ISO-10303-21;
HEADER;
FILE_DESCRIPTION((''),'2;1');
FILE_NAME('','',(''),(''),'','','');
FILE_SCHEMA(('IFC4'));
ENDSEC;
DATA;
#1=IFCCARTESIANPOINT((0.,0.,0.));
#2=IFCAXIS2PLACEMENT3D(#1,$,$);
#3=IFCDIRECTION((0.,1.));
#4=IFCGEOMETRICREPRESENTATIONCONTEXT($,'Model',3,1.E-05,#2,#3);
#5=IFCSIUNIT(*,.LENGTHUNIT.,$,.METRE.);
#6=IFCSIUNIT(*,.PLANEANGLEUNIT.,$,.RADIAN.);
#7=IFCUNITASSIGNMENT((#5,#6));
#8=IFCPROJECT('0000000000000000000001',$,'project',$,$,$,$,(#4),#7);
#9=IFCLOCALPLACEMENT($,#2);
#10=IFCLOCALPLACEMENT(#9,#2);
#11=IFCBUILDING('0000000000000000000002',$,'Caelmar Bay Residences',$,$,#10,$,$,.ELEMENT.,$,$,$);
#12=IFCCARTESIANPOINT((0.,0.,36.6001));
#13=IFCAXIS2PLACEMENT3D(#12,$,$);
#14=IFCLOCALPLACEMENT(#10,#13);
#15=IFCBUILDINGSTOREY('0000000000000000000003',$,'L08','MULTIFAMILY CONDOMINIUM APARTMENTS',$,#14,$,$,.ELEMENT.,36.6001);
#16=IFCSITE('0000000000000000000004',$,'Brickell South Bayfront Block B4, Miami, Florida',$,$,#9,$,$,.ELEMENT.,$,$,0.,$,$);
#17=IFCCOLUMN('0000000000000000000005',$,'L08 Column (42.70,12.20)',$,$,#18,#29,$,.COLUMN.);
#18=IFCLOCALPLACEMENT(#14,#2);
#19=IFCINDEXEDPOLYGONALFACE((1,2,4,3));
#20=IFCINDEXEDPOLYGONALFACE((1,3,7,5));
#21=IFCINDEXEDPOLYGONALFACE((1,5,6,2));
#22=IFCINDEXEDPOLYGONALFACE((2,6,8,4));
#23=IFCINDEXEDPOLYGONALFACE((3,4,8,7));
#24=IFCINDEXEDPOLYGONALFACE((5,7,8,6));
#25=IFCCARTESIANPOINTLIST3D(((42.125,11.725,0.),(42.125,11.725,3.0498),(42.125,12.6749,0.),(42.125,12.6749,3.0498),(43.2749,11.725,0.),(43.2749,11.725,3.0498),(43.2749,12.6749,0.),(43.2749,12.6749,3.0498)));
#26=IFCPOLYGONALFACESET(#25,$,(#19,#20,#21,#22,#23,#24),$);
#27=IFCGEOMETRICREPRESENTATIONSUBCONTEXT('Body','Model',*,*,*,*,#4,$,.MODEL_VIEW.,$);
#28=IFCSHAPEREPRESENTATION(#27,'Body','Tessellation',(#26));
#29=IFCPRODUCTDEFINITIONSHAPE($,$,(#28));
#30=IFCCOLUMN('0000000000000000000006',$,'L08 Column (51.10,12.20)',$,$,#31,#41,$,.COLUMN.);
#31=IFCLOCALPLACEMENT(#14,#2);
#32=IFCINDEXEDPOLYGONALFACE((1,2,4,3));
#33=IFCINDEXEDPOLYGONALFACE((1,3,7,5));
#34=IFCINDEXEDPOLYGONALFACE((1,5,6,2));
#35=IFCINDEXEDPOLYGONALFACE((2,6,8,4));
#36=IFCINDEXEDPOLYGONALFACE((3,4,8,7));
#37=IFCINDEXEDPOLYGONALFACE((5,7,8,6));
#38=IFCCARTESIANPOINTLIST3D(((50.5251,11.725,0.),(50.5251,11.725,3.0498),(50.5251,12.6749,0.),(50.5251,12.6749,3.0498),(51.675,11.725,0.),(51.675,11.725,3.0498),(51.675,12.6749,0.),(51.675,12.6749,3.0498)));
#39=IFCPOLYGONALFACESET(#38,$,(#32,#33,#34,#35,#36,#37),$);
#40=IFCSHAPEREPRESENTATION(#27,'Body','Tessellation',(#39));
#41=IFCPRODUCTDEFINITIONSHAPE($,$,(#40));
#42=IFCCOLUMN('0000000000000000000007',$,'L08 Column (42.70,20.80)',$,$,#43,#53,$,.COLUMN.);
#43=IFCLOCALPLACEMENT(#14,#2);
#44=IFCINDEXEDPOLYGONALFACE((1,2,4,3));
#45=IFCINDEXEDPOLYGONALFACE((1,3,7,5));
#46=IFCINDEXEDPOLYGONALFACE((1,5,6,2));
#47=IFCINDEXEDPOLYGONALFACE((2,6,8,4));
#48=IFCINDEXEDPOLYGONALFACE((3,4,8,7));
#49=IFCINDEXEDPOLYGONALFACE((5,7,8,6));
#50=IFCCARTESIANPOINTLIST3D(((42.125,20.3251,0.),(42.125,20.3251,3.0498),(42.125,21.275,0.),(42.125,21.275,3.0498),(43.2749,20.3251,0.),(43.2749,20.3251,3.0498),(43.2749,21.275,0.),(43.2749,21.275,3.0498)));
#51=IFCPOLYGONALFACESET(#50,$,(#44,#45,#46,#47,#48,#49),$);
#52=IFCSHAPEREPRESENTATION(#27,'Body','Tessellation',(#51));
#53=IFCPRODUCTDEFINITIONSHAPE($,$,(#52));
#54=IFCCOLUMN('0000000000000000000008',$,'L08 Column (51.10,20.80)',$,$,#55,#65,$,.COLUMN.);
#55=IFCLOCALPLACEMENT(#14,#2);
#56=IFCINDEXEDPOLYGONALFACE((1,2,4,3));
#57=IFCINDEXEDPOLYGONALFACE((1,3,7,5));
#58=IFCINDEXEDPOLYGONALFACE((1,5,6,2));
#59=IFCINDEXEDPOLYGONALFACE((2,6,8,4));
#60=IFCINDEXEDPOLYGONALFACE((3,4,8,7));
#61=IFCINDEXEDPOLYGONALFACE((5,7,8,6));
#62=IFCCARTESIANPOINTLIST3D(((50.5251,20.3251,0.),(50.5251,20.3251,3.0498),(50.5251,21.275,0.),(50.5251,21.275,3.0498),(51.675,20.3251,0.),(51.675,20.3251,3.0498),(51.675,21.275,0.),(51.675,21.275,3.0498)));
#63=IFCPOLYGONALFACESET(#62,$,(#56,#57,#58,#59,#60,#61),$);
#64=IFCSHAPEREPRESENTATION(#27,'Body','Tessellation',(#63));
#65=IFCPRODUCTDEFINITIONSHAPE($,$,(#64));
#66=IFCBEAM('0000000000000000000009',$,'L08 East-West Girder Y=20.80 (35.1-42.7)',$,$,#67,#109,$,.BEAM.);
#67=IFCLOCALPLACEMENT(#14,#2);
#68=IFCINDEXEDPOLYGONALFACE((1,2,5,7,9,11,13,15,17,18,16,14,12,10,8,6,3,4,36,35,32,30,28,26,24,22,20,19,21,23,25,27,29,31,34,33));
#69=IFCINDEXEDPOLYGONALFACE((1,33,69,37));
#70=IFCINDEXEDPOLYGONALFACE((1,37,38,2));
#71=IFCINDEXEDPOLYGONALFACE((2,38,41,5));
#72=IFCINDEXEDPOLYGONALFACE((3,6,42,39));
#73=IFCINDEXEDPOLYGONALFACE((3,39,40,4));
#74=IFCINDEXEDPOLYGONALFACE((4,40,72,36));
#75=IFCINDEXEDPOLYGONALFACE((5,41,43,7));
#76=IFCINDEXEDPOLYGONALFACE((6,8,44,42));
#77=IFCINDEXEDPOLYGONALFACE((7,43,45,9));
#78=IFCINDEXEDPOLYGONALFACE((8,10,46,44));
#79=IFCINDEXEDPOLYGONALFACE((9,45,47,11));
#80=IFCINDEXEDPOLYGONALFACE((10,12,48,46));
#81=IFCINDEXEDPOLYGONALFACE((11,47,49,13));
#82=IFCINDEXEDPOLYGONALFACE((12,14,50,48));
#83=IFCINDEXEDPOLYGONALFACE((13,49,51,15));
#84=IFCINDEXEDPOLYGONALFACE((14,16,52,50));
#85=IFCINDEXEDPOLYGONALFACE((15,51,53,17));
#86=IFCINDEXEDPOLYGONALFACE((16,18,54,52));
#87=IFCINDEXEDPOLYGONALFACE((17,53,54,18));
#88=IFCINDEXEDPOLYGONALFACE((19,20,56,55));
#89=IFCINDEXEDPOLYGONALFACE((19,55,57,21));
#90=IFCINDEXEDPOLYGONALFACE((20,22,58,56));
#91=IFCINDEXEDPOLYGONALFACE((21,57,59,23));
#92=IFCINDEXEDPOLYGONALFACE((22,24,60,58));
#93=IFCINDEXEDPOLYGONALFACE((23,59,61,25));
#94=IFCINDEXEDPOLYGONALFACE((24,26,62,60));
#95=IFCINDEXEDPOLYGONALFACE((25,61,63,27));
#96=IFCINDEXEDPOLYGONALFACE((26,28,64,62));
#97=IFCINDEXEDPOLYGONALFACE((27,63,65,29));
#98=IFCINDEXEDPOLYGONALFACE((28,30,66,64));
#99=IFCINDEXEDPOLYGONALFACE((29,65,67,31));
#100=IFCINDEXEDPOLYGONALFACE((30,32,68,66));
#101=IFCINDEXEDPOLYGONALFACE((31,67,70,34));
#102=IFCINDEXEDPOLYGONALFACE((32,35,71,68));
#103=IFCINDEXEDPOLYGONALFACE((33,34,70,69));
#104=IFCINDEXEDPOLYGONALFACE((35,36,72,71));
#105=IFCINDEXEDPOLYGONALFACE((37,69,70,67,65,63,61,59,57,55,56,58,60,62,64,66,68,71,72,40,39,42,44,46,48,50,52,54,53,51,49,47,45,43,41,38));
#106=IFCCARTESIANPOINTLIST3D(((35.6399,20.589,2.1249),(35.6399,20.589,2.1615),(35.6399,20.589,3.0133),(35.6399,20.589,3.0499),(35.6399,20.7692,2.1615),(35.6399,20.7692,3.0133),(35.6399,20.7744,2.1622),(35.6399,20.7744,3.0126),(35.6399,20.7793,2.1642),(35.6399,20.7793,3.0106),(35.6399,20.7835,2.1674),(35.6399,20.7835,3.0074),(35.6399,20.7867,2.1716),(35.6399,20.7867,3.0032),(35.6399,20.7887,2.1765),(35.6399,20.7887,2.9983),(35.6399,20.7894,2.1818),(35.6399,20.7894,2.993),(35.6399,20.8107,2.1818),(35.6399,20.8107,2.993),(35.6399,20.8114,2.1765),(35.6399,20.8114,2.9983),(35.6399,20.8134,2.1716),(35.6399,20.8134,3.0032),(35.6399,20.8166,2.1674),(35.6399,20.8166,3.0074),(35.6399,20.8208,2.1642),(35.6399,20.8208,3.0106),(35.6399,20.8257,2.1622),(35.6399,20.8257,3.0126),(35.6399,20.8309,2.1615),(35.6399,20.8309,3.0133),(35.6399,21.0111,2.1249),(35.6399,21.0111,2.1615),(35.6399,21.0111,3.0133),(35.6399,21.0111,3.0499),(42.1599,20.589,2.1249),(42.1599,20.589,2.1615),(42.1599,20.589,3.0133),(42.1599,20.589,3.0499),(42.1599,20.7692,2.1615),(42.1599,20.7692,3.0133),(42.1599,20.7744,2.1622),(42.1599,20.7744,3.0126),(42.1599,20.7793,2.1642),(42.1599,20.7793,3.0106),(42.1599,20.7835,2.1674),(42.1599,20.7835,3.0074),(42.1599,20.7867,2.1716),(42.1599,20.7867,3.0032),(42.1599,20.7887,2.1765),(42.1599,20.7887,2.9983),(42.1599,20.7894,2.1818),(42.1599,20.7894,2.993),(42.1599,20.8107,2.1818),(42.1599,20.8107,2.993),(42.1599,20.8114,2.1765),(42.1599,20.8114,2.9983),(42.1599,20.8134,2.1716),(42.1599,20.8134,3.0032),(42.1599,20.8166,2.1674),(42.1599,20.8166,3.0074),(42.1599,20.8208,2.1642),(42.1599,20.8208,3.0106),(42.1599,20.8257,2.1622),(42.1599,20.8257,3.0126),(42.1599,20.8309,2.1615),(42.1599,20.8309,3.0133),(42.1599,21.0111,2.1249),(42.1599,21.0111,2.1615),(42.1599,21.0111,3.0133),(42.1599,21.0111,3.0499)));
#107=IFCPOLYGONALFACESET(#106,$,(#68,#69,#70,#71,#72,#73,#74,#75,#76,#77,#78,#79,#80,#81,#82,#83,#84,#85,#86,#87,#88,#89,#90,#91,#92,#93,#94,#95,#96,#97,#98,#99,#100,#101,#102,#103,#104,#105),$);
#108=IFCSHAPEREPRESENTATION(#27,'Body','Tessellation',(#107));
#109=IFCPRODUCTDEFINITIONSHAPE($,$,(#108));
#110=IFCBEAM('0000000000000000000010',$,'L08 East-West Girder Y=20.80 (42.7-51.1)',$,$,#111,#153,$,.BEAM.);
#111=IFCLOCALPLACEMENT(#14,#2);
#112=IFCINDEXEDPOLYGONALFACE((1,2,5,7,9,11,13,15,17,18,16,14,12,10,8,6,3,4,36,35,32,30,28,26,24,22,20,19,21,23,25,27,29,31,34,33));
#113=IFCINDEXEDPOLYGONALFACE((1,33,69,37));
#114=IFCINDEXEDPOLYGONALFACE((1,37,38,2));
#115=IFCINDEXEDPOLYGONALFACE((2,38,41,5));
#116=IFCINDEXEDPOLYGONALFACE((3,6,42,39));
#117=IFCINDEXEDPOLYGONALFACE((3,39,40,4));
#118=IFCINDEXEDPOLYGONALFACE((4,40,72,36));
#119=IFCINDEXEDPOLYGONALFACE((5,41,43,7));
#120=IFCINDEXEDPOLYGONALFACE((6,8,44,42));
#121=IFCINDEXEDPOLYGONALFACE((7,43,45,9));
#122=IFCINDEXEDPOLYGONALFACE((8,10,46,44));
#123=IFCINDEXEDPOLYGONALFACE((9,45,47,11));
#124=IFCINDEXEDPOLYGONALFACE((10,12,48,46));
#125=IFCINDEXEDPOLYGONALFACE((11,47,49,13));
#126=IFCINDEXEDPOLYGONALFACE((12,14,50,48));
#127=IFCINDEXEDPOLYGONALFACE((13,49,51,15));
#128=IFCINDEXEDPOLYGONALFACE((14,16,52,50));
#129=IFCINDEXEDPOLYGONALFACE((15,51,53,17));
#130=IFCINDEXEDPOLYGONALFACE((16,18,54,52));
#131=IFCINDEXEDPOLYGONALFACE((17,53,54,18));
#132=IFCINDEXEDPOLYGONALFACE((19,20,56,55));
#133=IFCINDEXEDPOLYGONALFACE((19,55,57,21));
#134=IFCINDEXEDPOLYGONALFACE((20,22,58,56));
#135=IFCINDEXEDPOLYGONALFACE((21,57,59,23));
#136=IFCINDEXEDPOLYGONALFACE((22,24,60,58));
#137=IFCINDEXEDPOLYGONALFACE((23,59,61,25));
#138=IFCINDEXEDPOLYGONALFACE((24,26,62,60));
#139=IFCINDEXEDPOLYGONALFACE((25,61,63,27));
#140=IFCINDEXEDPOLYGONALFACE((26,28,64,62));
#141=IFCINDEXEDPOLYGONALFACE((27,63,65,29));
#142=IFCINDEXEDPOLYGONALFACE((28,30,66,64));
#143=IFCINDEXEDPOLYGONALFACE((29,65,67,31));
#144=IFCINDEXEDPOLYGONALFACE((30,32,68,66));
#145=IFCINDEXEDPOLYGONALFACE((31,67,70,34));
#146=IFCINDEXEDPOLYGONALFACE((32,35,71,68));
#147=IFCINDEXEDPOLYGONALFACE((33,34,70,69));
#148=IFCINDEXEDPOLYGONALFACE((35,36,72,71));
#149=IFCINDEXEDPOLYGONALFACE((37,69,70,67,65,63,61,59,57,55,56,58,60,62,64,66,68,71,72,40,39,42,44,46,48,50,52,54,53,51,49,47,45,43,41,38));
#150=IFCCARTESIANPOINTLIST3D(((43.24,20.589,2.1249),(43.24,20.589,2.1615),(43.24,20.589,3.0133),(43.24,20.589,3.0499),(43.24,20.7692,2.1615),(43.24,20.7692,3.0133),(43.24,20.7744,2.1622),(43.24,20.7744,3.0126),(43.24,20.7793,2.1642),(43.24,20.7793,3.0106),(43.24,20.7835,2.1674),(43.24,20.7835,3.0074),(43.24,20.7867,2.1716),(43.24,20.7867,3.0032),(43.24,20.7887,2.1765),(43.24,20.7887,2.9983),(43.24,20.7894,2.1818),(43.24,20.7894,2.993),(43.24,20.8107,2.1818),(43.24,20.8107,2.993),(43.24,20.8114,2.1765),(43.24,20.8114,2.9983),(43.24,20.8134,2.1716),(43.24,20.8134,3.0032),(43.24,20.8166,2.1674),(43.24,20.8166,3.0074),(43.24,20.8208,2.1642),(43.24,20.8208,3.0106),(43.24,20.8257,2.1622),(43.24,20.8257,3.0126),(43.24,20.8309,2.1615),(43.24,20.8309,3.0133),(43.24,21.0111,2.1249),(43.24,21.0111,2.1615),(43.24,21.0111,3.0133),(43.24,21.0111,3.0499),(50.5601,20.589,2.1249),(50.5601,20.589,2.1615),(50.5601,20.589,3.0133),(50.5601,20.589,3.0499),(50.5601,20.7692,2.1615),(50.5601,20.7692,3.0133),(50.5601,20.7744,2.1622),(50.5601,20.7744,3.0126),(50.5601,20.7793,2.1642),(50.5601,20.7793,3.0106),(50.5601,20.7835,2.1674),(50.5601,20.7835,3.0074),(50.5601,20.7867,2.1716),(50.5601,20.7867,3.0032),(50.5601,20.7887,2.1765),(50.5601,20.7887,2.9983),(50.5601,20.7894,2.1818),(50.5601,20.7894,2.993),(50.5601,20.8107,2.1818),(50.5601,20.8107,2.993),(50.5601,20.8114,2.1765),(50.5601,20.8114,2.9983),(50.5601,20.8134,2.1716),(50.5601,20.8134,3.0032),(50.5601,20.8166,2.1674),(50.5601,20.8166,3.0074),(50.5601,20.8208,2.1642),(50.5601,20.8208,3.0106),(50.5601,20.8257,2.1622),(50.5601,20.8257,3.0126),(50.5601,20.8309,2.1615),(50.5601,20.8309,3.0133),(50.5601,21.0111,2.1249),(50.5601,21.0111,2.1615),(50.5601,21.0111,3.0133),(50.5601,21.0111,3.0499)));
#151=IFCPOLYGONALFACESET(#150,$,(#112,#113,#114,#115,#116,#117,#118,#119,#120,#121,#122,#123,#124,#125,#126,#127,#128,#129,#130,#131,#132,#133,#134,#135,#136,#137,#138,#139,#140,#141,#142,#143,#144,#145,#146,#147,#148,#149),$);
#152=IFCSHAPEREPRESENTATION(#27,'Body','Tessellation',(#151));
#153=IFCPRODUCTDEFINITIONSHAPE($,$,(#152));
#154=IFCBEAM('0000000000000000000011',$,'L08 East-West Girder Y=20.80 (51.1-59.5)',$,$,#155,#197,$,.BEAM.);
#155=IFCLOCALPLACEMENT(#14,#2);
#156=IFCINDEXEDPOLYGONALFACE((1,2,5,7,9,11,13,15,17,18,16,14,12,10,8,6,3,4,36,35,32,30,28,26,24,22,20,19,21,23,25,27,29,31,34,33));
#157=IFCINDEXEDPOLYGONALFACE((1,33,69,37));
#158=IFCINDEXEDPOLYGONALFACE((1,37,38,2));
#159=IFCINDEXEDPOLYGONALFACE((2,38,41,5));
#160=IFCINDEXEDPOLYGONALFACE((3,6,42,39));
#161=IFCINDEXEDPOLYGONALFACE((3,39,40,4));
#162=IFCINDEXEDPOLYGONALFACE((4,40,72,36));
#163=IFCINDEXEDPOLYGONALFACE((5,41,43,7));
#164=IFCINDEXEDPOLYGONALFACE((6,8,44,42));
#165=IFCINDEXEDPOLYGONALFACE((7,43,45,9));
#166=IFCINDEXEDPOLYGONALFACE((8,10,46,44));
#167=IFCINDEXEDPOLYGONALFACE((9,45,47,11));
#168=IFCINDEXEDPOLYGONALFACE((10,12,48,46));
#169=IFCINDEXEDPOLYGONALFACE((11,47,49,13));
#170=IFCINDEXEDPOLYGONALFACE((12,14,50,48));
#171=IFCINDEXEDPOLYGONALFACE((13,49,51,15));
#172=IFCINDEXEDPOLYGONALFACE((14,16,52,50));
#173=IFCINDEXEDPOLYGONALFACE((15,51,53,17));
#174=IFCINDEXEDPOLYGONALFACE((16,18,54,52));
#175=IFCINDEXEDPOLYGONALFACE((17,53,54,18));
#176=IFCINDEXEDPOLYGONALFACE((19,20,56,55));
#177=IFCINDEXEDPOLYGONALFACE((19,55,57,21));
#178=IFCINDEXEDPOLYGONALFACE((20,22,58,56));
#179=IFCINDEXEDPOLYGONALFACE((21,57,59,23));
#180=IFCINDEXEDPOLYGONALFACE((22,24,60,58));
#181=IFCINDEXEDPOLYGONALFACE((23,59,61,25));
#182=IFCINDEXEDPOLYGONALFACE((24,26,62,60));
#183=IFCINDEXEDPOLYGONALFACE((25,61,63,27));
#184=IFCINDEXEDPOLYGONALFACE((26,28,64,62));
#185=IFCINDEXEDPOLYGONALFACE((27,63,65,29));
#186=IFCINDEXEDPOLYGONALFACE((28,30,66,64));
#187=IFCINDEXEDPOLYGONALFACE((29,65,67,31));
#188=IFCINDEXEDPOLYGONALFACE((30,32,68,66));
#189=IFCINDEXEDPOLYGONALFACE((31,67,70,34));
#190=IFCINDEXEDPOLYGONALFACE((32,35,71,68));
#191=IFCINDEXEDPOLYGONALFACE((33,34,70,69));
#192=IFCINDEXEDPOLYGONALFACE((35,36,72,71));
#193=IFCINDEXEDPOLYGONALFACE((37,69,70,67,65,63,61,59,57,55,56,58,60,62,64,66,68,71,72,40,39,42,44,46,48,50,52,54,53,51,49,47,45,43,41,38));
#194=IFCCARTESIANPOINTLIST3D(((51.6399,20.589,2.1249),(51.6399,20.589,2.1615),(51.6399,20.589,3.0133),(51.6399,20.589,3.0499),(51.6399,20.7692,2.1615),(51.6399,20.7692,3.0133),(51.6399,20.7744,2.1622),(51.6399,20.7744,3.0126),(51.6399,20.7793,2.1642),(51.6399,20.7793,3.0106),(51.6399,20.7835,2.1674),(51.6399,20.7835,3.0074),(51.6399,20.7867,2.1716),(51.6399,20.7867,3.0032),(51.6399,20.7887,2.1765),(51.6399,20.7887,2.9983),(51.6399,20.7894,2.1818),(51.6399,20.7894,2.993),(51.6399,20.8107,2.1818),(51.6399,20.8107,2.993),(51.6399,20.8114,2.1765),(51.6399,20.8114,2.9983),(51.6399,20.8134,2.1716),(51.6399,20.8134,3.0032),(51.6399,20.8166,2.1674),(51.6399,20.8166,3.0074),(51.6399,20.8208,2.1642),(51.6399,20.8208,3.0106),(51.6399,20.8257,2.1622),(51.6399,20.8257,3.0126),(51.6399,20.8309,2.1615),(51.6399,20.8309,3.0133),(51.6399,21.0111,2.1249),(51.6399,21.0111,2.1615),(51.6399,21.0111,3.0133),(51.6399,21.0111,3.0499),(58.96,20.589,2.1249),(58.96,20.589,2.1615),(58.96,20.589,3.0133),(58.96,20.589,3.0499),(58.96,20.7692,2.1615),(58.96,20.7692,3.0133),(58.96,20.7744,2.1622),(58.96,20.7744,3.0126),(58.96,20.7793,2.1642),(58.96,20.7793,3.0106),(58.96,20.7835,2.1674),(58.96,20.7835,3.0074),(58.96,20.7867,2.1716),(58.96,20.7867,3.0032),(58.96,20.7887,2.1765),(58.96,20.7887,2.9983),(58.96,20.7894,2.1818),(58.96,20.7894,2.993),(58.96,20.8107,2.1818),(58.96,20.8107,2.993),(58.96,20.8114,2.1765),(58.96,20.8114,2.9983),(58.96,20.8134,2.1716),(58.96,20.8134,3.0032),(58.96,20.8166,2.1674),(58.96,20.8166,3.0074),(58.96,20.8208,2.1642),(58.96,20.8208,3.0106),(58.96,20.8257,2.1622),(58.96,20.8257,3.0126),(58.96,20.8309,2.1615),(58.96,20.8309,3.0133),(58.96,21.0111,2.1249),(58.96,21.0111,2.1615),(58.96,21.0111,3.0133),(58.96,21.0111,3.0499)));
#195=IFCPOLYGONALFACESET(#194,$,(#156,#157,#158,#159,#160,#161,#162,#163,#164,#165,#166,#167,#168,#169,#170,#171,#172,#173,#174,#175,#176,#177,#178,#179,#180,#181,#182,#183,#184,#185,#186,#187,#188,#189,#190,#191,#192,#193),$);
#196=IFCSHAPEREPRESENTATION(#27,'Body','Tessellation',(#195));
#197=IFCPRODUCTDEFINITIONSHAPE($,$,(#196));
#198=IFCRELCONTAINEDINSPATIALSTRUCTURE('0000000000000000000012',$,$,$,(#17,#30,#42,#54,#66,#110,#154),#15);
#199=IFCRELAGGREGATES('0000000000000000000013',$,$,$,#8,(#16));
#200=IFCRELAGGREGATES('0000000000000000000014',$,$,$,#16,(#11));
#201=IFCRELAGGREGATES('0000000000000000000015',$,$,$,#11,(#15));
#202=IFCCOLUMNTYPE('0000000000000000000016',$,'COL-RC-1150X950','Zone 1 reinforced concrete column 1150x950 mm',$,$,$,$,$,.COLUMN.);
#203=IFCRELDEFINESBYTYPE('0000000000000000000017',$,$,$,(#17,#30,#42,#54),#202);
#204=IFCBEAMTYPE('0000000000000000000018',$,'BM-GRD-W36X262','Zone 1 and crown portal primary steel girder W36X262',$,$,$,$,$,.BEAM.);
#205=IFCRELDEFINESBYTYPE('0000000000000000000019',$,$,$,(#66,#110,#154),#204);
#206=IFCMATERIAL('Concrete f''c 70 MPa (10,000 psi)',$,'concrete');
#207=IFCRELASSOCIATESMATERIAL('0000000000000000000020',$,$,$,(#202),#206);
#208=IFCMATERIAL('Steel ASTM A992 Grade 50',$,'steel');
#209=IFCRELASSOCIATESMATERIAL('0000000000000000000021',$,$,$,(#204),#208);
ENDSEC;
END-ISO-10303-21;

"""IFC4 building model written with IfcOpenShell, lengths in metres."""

from ifc_helpers import new_model, si_unit, direction, frame, origin, origin_2d, place, context, subcontext, project, spatial, rectangle, i_section, extrude, material, material_profile, profile_set, type_object, element, save


model = new_model("IFC4")

# Units and contexts
model_context = context("Model", 3, precision=1e-05, world=origin(), true_north=direction((0.0, 1.0)))
body_context = subcontext(model_context, "Body", "Model", "MODEL_VIEW")
ifc_project = project(units=[si_unit("LENGTHUNIT", "METRE"), si_unit("PLANEANGLEUNIT", "RADIAN")], contexts=[model_context])

# Site, building, storey
site_placement = place(None, origin())
site = spatial("IfcSite", under=ifc_project, at=site_placement, Name="Brickell South Bayfront Block B4, Miami, Florida", CompositionType="ELEMENT", RefElevation=0.0)
building_placement = place(site_placement, origin())
building = spatial("IfcBuilding", under=site, at=building_placement, Name="Caelmar Bay Residences", CompositionType="ELEMENT")
storey_placement = place(building_placement, frame((0.0, 0.0, 36.6001)))
storey = spatial("IfcBuildingStorey", under=building, at=storey_placement, Name="L08", Description="MULTIFAMILY CONDOMINIUM APARTMENTS", CompositionType="ELEMENT", Elevation=36.6001)

# Columns
ifc_material_1 = material(Name="Concrete f'c 70 MPa (10,000 psi)", Category="concrete")
ifc_material_profile_1 = material_profile(ifc_material_1, rectangle(XDim=1.1499, YDim=0.95, at=origin_2d()), Name="RC-COL-1150X950")
ifc_profile_set_1 = profile_set([ifc_material_profile_1], Name="Concrete f'c 70 MPa (10,000 psi)")
column_type = type_object("IfcColumnType", Name="COL-RC-1150X950", Description="Zone 1 reinforced concrete column 1150x950 mm", PredefinedType="COLUMN", material=ifc_profile_set_1)
for number, where, z_axis, x_axis, name in (
    (1, (42.7, 12.2, 0.0), (0.0, 0.0, 1.0), (1.0, 0.0, 0.0), "L08 Column (42.70,12.20)"),
    (2, (51.1001, 12.2, 0.0), (0.0, 0.0, 1.0), (1.0, 0.0, 0.0), "L08 Column (51.10,12.20)"),
    (3, (42.7, 20.8, 0.0), (0.0, 0.0, 1.0), (1.0, 0.0, 0.0), "L08 Column (42.70,20.80)"),
    (4, (51.1001, 20.8, 0.0), (0.0, 0.0, 1.0), (1.0, 0.0, 0.0), "L08 Column (51.10,20.80)"),
):
    element("IfcColumn", number, at=place(storey_placement, frame(where, z_axis=z_axis, x_axis=x_axis)), inside=storey, type_object=column_type, Name=name, PredefinedType="COLUMN", context=body_context, shape_type="SweptSolid", body=[
        extrude(rectangle(XDim=1.1499, YDim=0.95, at=origin_2d()), origin(), (0.0, 0.0, 1.0), 3.0498),
    ])

# Beams
ifc_material_2 = material(Name="Steel ASTM A992 Grade 50", Category="steel")
ifc_material_profile_2 = material_profile(ifc_material_2, i_section(OverallWidth=0.4221, OverallDepth=0.925, WebThickness=0.0212, FlangeThickness=0.0366, FilletRadius=0.0203, at=origin_2d()), Name="W36X262")
ifc_profile_set_2 = profile_set([ifc_material_profile_2], Name="Steel ASTM A992 Grade 50")
beam_type_1 = type_object("IfcBeamType", Name="BM-GRD-W36X262", Description="Zone 1 and crown portal primary steel girder W36X262", PredefinedType="BEAM", material=ifc_profile_set_2)
beam_1_placement = place(storey_placement, frame((35.6399, 20.8, 2.5874), z_axis=(1.0, 0.0, 0.0), x_axis=(0.0, 1.0, 0.0)))
element("IfcBeam", 5, at=beam_1_placement, inside=storey, type_object=beam_type_1, Name="L08 East-West Girder Y=20.80 (35.1-42.7)", PredefinedType="BEAM", context=body_context, shape_type="SweptSolid", body=[
    extrude(i_section(OverallWidth=0.4221, OverallDepth=0.925, WebThickness=0.0212, FlangeThickness=0.0366, FilletRadius=0.0203, at=origin_2d()), origin(), (0.0, 0.0, 1.0), 6.52),
])
for number, where, z_axis, x_axis, name in (
    (6, (43.24, 20.8, 2.5874), (1.0, 0.0, 0.0), (0.0, 1.0, 0.0), "L08 East-West Girder Y=20.80 (42.7-51.1)"),
    (7, (51.6399, 20.8, 2.5874), (1.0, 0.0, 0.0), (0.0, 1.0, 0.0), "L08 East-West Girder Y=20.80 (51.1-59.5)"),
):
    element("IfcBeam", number, at=place(storey_placement, frame(where, z_axis=z_axis, x_axis=x_axis)), inside=storey, type_object=beam_type_1, Name=name, PredefinedType="BEAM", context=body_context, shape_type="SweptSolid", body=[
        extrude(i_section(OverallWidth=0.4221, OverallDepth=0.925, WebThickness=0.0212, FlangeThickness=0.0366, FilletRadius=0.0203, at=origin_2d()), origin(), (0.0, 0.0, 1.0), 7.3201),
    ])

save(model, "model.ifc")
